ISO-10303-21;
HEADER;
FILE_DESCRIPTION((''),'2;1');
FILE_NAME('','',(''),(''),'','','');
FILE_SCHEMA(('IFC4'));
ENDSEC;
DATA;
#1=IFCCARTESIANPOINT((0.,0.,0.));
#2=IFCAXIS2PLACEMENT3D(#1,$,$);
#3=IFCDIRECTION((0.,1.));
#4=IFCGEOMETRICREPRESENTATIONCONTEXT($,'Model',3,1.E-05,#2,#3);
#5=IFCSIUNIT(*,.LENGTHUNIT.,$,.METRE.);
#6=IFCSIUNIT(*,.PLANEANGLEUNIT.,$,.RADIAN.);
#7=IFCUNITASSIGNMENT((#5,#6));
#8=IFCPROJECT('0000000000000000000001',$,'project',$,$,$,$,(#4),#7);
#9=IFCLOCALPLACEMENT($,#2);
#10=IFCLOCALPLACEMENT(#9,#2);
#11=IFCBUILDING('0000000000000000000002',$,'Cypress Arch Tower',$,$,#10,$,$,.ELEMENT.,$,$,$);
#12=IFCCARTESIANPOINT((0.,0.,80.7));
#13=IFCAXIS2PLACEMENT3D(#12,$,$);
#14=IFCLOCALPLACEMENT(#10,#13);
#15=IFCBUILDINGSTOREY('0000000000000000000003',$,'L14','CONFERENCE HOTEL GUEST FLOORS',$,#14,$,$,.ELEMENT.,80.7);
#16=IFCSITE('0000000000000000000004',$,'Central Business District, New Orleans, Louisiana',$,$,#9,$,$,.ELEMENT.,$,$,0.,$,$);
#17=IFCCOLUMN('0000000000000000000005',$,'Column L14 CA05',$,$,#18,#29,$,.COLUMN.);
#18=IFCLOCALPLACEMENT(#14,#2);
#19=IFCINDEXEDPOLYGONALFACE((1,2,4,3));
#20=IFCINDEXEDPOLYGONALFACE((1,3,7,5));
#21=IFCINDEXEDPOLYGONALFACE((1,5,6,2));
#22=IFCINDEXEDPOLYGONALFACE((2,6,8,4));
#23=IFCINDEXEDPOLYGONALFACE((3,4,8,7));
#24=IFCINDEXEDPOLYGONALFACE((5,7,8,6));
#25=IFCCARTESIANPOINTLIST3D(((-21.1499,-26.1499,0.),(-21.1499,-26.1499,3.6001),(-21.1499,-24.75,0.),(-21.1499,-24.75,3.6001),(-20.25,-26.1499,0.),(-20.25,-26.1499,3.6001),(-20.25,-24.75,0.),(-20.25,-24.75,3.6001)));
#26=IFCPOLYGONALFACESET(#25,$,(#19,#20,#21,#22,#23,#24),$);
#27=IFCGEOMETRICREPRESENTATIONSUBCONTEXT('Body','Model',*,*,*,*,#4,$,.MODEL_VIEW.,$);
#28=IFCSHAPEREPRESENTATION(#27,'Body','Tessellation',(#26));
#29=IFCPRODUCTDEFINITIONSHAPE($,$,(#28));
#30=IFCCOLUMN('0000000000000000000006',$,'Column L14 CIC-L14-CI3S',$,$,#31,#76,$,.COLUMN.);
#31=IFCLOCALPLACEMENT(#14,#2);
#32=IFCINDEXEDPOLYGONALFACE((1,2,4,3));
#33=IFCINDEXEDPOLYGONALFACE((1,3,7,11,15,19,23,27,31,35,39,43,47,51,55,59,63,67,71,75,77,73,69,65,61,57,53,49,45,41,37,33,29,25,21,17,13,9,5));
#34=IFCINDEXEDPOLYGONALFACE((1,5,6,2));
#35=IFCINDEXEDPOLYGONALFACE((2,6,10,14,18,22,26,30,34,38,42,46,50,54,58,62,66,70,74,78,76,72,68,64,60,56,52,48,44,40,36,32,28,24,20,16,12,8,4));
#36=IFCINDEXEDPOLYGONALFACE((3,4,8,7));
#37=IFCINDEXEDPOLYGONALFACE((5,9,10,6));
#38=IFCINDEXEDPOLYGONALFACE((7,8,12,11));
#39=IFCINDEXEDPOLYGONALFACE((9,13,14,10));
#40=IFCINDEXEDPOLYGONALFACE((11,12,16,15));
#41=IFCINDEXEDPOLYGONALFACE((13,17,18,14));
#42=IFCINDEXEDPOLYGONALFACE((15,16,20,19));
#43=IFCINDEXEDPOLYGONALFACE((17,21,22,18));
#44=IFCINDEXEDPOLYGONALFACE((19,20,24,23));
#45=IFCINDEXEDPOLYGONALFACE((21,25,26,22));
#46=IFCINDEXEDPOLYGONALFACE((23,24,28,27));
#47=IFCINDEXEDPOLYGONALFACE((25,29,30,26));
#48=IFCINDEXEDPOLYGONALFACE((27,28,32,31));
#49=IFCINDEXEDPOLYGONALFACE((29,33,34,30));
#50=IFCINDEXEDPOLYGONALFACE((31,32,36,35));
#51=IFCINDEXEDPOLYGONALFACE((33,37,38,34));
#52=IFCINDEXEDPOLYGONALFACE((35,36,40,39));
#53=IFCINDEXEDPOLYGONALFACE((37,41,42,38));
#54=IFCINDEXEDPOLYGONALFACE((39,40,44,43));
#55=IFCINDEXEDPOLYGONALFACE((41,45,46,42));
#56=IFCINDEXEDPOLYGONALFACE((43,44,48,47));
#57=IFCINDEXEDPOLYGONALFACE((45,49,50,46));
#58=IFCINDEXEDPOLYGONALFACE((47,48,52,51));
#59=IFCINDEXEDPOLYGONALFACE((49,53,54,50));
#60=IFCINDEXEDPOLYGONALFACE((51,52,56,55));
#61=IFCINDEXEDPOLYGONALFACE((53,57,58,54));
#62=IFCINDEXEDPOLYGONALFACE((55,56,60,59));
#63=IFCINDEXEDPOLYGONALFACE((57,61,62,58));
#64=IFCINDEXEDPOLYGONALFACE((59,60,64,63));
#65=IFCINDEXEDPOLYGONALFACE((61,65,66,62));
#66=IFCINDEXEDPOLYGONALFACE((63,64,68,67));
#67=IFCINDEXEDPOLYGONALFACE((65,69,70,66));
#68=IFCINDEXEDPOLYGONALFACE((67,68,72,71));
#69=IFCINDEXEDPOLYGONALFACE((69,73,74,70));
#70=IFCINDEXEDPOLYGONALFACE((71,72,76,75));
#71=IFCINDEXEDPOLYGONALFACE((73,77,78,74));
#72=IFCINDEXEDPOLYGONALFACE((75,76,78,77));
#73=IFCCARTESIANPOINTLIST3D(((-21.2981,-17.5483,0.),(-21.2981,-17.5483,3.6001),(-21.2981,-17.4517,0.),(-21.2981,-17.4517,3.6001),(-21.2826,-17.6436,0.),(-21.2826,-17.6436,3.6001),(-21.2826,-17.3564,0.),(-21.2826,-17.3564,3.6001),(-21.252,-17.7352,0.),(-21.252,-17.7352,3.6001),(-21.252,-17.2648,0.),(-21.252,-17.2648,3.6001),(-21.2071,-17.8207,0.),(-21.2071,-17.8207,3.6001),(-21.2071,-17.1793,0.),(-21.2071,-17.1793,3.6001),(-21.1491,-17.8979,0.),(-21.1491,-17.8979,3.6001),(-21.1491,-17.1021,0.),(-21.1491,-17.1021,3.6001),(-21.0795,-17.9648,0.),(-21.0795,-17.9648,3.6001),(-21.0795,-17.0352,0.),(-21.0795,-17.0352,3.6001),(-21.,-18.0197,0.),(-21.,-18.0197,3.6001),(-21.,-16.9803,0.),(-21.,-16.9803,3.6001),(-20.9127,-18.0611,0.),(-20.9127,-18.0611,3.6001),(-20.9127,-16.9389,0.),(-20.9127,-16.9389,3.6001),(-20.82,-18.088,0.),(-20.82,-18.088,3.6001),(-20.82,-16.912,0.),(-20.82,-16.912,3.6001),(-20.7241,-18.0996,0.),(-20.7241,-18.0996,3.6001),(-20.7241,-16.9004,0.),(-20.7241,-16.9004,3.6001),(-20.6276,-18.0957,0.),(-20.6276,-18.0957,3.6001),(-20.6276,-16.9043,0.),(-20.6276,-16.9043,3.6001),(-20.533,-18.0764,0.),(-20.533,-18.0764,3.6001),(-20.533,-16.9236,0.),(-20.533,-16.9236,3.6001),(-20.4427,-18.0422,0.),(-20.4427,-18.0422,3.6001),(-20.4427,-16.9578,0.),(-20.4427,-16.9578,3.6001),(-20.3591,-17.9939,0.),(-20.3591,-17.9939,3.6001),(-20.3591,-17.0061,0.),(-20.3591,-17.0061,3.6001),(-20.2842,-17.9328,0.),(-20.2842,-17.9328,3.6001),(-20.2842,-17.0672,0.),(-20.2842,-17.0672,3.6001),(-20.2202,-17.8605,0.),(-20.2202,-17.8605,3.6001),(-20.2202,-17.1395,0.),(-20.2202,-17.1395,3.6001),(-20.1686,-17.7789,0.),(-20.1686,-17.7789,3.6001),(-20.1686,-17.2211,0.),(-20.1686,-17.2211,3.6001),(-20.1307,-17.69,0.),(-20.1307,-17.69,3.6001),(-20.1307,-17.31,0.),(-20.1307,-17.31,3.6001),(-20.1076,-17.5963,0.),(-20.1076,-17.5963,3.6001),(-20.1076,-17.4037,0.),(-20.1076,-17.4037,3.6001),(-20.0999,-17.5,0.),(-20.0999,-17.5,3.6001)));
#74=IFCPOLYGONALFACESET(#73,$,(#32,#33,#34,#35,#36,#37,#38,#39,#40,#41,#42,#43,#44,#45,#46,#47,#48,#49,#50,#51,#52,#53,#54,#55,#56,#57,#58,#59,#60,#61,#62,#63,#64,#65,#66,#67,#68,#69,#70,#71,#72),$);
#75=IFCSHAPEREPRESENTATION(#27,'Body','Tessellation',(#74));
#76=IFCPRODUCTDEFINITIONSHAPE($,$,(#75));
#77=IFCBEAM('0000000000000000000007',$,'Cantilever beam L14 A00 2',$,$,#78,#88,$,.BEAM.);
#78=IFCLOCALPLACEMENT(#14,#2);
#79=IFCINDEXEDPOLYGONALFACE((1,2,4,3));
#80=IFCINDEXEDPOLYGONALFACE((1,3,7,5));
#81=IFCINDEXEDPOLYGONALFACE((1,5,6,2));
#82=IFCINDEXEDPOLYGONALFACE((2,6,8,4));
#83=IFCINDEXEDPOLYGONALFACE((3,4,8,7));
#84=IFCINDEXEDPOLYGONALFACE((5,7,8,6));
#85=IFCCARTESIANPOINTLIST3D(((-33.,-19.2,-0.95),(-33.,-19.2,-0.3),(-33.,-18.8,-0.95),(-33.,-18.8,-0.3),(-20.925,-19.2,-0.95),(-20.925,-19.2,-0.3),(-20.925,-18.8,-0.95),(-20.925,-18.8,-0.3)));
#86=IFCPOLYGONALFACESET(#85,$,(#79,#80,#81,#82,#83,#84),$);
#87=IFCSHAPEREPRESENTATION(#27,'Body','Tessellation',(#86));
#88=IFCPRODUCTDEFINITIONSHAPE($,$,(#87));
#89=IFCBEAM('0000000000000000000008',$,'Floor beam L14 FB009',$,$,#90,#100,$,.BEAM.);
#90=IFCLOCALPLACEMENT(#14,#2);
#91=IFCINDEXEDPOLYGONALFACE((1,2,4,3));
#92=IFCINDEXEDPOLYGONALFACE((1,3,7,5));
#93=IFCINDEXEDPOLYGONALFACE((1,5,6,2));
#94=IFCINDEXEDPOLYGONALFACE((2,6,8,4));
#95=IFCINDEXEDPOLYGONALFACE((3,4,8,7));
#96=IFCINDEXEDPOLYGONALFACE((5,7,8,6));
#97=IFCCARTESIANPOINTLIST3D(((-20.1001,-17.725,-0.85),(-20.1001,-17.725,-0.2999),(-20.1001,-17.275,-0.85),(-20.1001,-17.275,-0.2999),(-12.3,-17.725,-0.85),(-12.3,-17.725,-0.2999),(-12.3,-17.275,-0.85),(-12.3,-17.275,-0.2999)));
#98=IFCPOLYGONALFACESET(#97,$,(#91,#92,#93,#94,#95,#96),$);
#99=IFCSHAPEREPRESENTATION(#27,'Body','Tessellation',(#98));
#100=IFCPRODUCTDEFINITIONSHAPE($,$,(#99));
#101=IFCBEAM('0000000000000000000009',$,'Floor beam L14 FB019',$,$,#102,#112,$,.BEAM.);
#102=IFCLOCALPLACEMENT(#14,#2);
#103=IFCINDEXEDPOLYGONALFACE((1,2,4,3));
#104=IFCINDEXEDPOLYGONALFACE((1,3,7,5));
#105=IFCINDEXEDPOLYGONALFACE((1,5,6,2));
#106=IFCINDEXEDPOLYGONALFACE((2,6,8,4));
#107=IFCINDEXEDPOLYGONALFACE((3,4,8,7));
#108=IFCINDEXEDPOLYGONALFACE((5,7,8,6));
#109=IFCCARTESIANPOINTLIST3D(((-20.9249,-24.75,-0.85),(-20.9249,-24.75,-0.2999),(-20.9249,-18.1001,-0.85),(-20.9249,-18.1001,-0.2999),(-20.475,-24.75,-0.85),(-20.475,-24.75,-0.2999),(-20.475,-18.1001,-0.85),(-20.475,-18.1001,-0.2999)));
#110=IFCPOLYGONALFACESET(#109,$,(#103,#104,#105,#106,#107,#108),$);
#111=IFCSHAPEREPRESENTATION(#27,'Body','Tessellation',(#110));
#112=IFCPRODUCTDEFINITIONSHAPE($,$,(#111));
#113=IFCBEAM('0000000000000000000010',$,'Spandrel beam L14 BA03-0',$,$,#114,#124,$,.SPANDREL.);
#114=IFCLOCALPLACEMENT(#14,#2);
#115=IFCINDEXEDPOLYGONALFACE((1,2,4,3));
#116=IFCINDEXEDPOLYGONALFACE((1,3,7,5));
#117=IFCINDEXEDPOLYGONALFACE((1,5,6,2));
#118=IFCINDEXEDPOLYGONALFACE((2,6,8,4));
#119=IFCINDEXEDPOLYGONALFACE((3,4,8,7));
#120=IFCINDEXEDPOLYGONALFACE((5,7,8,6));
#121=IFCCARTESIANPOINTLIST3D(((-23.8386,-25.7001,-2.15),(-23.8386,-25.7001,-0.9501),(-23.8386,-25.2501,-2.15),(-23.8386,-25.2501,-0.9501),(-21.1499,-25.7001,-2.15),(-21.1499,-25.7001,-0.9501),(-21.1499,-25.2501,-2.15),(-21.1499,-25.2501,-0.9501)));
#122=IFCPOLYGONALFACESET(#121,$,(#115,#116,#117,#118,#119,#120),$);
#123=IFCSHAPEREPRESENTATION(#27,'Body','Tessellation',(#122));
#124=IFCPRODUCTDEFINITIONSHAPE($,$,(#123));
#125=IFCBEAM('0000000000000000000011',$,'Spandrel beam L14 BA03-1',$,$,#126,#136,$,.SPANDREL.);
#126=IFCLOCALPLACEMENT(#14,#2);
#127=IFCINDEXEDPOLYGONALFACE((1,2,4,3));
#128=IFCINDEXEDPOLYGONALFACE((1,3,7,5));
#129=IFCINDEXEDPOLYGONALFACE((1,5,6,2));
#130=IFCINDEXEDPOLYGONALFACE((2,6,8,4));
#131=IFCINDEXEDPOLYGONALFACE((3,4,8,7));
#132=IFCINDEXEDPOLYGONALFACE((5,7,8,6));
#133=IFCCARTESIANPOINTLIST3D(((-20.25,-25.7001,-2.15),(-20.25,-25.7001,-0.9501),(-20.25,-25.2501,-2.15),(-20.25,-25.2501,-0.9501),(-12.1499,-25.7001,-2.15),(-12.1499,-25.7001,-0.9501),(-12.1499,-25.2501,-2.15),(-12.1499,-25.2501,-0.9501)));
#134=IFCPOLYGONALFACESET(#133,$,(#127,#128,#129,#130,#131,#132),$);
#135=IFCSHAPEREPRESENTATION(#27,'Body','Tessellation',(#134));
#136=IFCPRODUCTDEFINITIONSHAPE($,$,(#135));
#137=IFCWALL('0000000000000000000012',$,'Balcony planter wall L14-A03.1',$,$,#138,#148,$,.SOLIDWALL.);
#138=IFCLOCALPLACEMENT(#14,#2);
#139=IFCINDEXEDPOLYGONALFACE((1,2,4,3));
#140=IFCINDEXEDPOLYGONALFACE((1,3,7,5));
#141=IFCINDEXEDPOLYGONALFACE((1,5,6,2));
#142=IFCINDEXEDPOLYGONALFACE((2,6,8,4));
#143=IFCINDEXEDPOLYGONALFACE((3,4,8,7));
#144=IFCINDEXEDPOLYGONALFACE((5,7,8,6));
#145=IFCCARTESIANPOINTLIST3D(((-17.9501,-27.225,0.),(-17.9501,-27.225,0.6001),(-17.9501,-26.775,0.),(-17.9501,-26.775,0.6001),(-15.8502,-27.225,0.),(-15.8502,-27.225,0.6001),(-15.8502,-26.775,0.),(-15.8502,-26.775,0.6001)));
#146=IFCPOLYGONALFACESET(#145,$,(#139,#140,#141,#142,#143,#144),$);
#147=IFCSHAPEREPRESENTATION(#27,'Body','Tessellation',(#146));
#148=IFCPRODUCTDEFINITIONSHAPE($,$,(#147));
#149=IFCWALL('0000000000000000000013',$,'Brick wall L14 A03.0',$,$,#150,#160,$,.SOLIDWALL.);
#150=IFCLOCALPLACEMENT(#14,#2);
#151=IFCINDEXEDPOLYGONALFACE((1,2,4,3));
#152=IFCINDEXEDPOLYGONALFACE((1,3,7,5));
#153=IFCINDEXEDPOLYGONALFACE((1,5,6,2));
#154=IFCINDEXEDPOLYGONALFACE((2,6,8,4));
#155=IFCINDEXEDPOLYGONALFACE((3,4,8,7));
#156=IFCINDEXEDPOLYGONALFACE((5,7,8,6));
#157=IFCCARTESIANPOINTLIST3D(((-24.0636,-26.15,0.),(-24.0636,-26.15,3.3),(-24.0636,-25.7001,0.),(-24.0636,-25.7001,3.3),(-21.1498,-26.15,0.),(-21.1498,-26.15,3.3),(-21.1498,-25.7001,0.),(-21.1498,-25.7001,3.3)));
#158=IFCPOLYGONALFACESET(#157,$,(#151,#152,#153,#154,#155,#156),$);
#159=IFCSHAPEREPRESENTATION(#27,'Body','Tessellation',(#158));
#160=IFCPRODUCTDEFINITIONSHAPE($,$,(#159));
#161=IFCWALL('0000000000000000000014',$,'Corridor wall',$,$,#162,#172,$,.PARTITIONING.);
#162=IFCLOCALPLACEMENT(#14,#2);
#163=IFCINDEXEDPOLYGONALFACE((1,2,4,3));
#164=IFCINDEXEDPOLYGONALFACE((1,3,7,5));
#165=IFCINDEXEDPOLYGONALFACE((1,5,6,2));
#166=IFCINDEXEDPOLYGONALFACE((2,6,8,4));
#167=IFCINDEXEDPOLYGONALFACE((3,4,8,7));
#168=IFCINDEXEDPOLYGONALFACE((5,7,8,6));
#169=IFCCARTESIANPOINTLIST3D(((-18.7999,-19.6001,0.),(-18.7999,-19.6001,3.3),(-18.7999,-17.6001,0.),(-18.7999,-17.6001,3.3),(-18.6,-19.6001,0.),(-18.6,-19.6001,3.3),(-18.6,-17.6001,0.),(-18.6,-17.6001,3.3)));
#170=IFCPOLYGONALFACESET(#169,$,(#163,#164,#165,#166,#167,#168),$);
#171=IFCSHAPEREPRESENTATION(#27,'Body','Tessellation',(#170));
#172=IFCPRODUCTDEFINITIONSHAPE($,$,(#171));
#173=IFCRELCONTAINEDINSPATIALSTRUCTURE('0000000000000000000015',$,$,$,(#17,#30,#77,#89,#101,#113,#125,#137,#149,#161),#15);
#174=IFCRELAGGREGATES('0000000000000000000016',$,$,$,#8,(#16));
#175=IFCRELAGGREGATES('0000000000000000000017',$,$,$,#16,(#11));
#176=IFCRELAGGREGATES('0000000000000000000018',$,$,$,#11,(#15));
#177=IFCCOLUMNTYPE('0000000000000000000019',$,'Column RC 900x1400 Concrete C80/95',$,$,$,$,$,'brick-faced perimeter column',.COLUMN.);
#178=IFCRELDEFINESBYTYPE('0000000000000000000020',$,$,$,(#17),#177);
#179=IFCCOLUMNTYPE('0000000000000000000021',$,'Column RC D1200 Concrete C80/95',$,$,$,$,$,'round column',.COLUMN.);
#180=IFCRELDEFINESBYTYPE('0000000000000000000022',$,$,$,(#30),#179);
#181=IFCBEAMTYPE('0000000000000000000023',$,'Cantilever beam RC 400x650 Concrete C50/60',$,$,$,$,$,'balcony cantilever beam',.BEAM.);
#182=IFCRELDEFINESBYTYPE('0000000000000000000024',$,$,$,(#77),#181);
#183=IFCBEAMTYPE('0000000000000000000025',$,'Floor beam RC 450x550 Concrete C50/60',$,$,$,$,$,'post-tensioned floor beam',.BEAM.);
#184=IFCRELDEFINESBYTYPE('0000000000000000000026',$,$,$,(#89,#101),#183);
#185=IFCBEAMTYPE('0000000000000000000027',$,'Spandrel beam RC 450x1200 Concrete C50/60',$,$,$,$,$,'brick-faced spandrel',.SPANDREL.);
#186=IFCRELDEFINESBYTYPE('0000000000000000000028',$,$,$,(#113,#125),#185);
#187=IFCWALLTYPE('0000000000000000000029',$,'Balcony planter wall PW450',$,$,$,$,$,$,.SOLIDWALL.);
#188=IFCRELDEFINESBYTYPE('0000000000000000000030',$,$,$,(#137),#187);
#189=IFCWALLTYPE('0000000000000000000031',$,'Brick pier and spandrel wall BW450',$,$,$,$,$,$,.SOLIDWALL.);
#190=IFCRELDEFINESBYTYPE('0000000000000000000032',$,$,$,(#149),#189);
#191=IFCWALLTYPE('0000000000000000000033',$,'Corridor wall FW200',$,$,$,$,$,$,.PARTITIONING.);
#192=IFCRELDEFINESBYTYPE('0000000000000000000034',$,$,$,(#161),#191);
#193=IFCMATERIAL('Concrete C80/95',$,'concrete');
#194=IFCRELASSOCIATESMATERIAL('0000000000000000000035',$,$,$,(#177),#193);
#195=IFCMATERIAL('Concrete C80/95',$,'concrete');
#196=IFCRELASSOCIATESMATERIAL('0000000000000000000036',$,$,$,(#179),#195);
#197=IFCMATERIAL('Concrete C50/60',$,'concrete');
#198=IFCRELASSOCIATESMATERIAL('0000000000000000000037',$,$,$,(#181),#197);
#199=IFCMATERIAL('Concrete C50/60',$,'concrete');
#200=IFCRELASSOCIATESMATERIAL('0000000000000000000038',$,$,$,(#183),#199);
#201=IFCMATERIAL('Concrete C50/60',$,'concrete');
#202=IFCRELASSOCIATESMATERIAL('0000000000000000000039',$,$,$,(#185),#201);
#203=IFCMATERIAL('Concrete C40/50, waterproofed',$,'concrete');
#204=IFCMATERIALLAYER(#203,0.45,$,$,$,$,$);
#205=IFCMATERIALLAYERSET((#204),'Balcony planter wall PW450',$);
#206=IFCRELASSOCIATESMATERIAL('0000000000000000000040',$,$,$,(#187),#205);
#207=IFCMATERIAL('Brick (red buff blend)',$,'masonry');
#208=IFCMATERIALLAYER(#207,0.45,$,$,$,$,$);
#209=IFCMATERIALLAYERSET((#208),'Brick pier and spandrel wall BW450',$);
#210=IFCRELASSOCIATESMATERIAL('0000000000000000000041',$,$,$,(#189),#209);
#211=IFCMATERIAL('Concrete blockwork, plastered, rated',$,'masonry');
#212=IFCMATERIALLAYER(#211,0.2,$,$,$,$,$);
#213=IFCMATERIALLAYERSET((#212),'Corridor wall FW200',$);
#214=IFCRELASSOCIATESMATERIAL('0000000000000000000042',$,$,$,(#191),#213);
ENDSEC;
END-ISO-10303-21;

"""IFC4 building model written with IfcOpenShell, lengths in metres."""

from ifc_helpers import new_model, si_unit, direction, frame, frame_2d, origin, origin_2d, place, context, subcontext, project, spatial, rectangle, circle, extrude, material, layer, layer_set, material_profile, profile_set, type_object, element, save


model = new_model("IFC4")

# Units and contexts
model_context = context("Model", 3, precision=1e-05, world=origin(), true_north=direction((0.0, 1.0)))
body_context = subcontext(model_context, "Body", "Model", "MODEL_VIEW")
ifc_project = project(units=[si_unit("LENGTHUNIT", "METRE"), si_unit("PLANEANGLEUNIT", "RADIAN")], contexts=[model_context])

# Site, building, storey
site_placement = place(None, origin())
site = spatial("IfcSite", under=ifc_project, at=site_placement, Name="Central Business District, New Orleans, Louisiana", CompositionType="ELEMENT", RefElevation=0.0)
building_placement = place(site_placement, origin())
building = spatial("IfcBuilding", under=site, at=building_placement, Name="Cypress Arch Tower", CompositionType="ELEMENT")
storey_placement = place(building_placement, frame((0.0, 0.0, 80.7)))
storey = spatial("IfcBuildingStorey", under=building, at=storey_placement, Name="L14", Description="CONFERENCE HOTEL GUEST FLOORS", CompositionType="ELEMENT", Elevation=80.7)

# Columns
ifc_material_1 = material(Name="Concrete C80/95", Category="concrete")
ifc_material_profile_1 = material_profile(ifc_material_1, rectangle(XDim=0.8999, YDim=1.3999, at=origin_2d()), Name="RC 900x1400")
ifc_profile_set_1 = profile_set([ifc_material_profile_1], Name="Concrete C80/95")
column_type_1 = type_object("IfcColumnType", Name="Column RC 900x1400 Concrete C80/95", ElementType="brick-faced perimeter column", PredefinedType="COLUMN", material=ifc_profile_set_1)
column_1_placement = place(storey_placement, frame((-20.7, -25.45, 0.0), z_axis=(0.0, 0.0, 1.0), x_axis=(1.0, 0.0, 0.0)))
element("IfcColumn", 1, at=column_1_placement, inside=storey, type_object=column_type_1, Name="Column L14 CA05", PredefinedType="COLUMN", context=body_context, shape_type="SweptSolid", body=[
    extrude(rectangle(XDim=0.8999, YDim=1.3999, at=origin_2d()), origin(), (0.0, 0.0, 1.0), 3.6001),
])
ifc_material_2 = material(Name="Concrete C80/95", Category="concrete")
ifc_material_profile_2 = material_profile(ifc_material_2, circle(Radius=0.6001, at=origin_2d()), Name="RC D1200")
ifc_profile_set_2 = profile_set([ifc_material_profile_2], Name="Concrete C80/95")
column_type_2 = type_object("IfcColumnType", Name="Column RC D1200 Concrete C80/95", ElementType="round column", PredefinedType="COLUMN", material=ifc_profile_set_2)
column_2_placement = place(storey_placement, frame((-20.7, -17.5, 0.0), z_axis=(0.0, 0.0, 1.0), x_axis=(1.0, 0.0, 0.0)))
element("IfcColumn", 2, at=column_2_placement, inside=storey, type_object=column_type_2, Name="Column L14 CIC-L14-CI3S", PredefinedType="COLUMN", context=body_context, shape_type="SweptSolid", body=[
    extrude(circle(Radius=0.6001, at=origin_2d()), origin(), (0.0, 0.0, 1.0), 3.6001),
])

# Beams
ifc_material_3 = material(Name="Concrete C50/60", Category="concrete")
ifc_material_profile_3 = material_profile(ifc_material_3, rectangle(XDim=0.3999, YDim=0.6499, at=origin_2d()), Name="RC 400x650")
ifc_profile_set_3 = profile_set([ifc_material_profile_3], Name="Concrete C50/60")
beam_type_1 = type_object("IfcBeamType", Name="Cantilever beam RC 400x650 Concrete C50/60", ElementType="balcony cantilever beam", PredefinedType="BEAM", material=ifc_profile_set_3)
beam_1_placement = place(storey_placement, frame((-20.925, -19.0, -0.625), z_axis=(-1.0, 0.0, 0.0), x_axis=(0.0, -1.0, 0.0)))
element("IfcBeam", 3, at=beam_1_placement, inside=storey, type_object=beam_type_1, Name="Cantilever beam L14 A00 2", PredefinedType="BEAM", context=body_context, shape_type="SweptSolid", body=[
    extrude(rectangle(XDim=0.3999, YDim=0.6499, at=origin_2d()), origin(), (0.0, 0.0, 1.0), 12.075),
])
ifc_material_4 = material(Name="Concrete C50/60", Category="concrete")
ifc_material_profile_4 = material_profile(ifc_material_4, rectangle(XDim=0.45, YDim=0.55, at=origin_2d()), Name="RC 450x550")
ifc_profile_set_4 = profile_set([ifc_material_profile_4], Name="Concrete C50/60")
beam_type_2 = type_object("IfcBeamType", Name="Floor beam RC 450x550 Concrete C50/60", ElementType="post-tensioned floor beam", PredefinedType="BEAM", material=ifc_profile_set_4)
beam_2_placement = place(storey_placement, frame((-20.1001, -17.5, -0.575), z_axis=(1.0, 0.0, 0.0), x_axis=(0.0, 1.0, 0.0)))
element("IfcBeam", 4, at=beam_2_placement, inside=storey, type_object=beam_type_2, Name="Floor beam L14 FB009", PredefinedType="BEAM", context=body_context, shape_type="SweptSolid", body=[
    extrude(rectangle(XDim=0.45, YDim=0.55, at=origin_2d()), origin(), (0.0, 0.0, 1.0), 7.8),
])
beam_3_placement = place(storey_placement, frame((-20.7, -24.75, -0.575), z_axis=(0.0, 1.0, 0.0), x_axis=(-1.0, 0.0, 0.0)))
element("IfcBeam", 5, at=beam_3_placement, inside=storey, type_object=beam_type_2, Name="Floor beam L14 FB019", PredefinedType="BEAM", context=body_context, shape_type="SweptSolid", body=[
    extrude(rectangle(XDim=0.45, YDim=0.55, at=origin_2d()), origin(), (0.0, 0.0, 1.0), 6.6499),
])
ifc_material_5 = material(Name="Concrete C50/60", Category="concrete")
ifc_material_profile_5 = material_profile(ifc_material_5, rectangle(XDim=0.45, YDim=1.2, at=origin_2d()), Name="RC 450x1200")
ifc_profile_set_5 = profile_set([ifc_material_profile_5], Name="Concrete C50/60")
beam_type_3 = type_object("IfcBeamType", Name="Spandrel beam RC 450x1200 Concrete C50/60", ElementType="brick-faced spandrel", PredefinedType="SPANDREL", material=ifc_profile_set_5)
beam_4_placement = place(storey_placement, frame((-23.8386, -25.4751, -1.55), z_axis=(1.0, 0.0, 0.0), x_axis=(0.0, 1.0, 0.0)))
element("IfcBeam", 6, at=beam_4_placement, inside=storey, type_object=beam_type_3, Name="Spandrel beam L14 BA03-0", PredefinedType="SPANDREL", context=body_context, shape_type="SweptSolid", body=[
    extrude(rectangle(XDim=0.45, YDim=1.2, at=origin_2d()), origin(), (0.0, 0.0, 1.0), 2.6887),
])
beam_5_placement = place(storey_placement, frame((-20.25, -25.4751, -1.55), z_axis=(1.0, 0.0, 0.0), x_axis=(0.0, 1.0, 0.0)))
element("IfcBeam", 7, at=beam_5_placement, inside=storey, type_object=beam_type_3, Name="Spandrel beam L14 BA03-1", PredefinedType="SPANDREL", context=body_context, shape_type="SweptSolid", body=[
    extrude(rectangle(XDim=0.45, YDim=1.2, at=origin_2d()), origin(), (0.0, 0.0, 1.0), 8.1001),
])

# Walls
ifc_material_6 = material(Name="Concrete C40/50, waterproofed", Category="concrete")
ifc_layer_1 = layer(ifc_material_6, 0.45)
ifc_layer_set_1 = layer_set([ifc_layer_1], Name="Balcony planter wall PW450")
wall_type_1 = type_object("IfcWallType", Name="Balcony planter wall PW450", PredefinedType="SOLIDWALL", material=ifc_layer_set_1)
wall_1_placement = place(storey_placement, frame((-17.95, -27.0, 0.0), z_axis=(0.0, 0.0, 1.0), x_axis=(1.0, 0.0, 0.0)))
element("IfcWall", 8, at=wall_1_placement, inside=storey, type_object=wall_type_1, Name="Balcony planter wall L14-A03.1", PredefinedType="SOLIDWALL", context=body_context, shape_type="SweptSolid", body=[
    extrude(rectangle(XDim=2.0999, YDim=0.45, at=frame_2d((1.0498, 0.0))), origin(), (0.0, 0.0, 1.0), 0.6001),
])
ifc_material_7 = material(Name="Brick (red buff blend)", Category="masonry")
ifc_layer_2 = layer(ifc_material_7, 0.45)
ifc_layer_set_2 = layer_set([ifc_layer_2], Name="Brick pier and spandrel wall BW450")
wall_type_2 = type_object("IfcWallType", Name="Brick pier and spandrel wall BW450", PredefinedType="SOLIDWALL", material=ifc_layer_set_2)
wall_2_placement = place(storey_placement, frame((-24.0637, -25.925, 0.0), z_axis=(0.0, 0.0, 1.0), x_axis=(1.0, 0.0, 0.0)))
element("IfcWall", 9, at=wall_2_placement, inside=storey, type_object=wall_type_2, Name="Brick wall L14 A03.0", PredefinedType="SOLIDWALL", context=body_context, shape_type="SweptSolid", body=[
    extrude(rectangle(XDim=2.9138, YDim=0.45, at=frame_2d((1.457, 0.0))), origin(), (0.0, 0.0, 1.0), 3.3),
])

# Shared definitions
ifc_material_8 = material(Name="Concrete blockwork, plastered, rated", Category="masonry")
ifc_layer_3 = layer(ifc_material_8, 0.2)
ifc_layer_set_3 = layer_set([ifc_layer_3], Name="Corridor wall FW200")
wall_type_3 = type_object("IfcWallType", Name="Corridor wall FW200", PredefinedType="PARTITIONING", material=ifc_layer_set_3)

# Wall
wall_3_placement = place(storey_placement, frame((-18.7, -19.6001, 0.0), z_axis=(0.0, 0.0, 1.0), x_axis=(0.0, 1.0, 0.0)))
element("IfcWall", 10, at=wall_3_placement, inside=storey, type_object=wall_type_3, Name="Corridor wall", PredefinedType="PARTITIONING", context=body_context, shape_type="SweptSolid", body=[
    extrude(rectangle(XDim=2.0, YDim=0.2, at=frame_2d((1.0, 0.0))), origin(), (0.0, 0.0, 1.0), 3.3),
])

save(model, "model.ifc")
